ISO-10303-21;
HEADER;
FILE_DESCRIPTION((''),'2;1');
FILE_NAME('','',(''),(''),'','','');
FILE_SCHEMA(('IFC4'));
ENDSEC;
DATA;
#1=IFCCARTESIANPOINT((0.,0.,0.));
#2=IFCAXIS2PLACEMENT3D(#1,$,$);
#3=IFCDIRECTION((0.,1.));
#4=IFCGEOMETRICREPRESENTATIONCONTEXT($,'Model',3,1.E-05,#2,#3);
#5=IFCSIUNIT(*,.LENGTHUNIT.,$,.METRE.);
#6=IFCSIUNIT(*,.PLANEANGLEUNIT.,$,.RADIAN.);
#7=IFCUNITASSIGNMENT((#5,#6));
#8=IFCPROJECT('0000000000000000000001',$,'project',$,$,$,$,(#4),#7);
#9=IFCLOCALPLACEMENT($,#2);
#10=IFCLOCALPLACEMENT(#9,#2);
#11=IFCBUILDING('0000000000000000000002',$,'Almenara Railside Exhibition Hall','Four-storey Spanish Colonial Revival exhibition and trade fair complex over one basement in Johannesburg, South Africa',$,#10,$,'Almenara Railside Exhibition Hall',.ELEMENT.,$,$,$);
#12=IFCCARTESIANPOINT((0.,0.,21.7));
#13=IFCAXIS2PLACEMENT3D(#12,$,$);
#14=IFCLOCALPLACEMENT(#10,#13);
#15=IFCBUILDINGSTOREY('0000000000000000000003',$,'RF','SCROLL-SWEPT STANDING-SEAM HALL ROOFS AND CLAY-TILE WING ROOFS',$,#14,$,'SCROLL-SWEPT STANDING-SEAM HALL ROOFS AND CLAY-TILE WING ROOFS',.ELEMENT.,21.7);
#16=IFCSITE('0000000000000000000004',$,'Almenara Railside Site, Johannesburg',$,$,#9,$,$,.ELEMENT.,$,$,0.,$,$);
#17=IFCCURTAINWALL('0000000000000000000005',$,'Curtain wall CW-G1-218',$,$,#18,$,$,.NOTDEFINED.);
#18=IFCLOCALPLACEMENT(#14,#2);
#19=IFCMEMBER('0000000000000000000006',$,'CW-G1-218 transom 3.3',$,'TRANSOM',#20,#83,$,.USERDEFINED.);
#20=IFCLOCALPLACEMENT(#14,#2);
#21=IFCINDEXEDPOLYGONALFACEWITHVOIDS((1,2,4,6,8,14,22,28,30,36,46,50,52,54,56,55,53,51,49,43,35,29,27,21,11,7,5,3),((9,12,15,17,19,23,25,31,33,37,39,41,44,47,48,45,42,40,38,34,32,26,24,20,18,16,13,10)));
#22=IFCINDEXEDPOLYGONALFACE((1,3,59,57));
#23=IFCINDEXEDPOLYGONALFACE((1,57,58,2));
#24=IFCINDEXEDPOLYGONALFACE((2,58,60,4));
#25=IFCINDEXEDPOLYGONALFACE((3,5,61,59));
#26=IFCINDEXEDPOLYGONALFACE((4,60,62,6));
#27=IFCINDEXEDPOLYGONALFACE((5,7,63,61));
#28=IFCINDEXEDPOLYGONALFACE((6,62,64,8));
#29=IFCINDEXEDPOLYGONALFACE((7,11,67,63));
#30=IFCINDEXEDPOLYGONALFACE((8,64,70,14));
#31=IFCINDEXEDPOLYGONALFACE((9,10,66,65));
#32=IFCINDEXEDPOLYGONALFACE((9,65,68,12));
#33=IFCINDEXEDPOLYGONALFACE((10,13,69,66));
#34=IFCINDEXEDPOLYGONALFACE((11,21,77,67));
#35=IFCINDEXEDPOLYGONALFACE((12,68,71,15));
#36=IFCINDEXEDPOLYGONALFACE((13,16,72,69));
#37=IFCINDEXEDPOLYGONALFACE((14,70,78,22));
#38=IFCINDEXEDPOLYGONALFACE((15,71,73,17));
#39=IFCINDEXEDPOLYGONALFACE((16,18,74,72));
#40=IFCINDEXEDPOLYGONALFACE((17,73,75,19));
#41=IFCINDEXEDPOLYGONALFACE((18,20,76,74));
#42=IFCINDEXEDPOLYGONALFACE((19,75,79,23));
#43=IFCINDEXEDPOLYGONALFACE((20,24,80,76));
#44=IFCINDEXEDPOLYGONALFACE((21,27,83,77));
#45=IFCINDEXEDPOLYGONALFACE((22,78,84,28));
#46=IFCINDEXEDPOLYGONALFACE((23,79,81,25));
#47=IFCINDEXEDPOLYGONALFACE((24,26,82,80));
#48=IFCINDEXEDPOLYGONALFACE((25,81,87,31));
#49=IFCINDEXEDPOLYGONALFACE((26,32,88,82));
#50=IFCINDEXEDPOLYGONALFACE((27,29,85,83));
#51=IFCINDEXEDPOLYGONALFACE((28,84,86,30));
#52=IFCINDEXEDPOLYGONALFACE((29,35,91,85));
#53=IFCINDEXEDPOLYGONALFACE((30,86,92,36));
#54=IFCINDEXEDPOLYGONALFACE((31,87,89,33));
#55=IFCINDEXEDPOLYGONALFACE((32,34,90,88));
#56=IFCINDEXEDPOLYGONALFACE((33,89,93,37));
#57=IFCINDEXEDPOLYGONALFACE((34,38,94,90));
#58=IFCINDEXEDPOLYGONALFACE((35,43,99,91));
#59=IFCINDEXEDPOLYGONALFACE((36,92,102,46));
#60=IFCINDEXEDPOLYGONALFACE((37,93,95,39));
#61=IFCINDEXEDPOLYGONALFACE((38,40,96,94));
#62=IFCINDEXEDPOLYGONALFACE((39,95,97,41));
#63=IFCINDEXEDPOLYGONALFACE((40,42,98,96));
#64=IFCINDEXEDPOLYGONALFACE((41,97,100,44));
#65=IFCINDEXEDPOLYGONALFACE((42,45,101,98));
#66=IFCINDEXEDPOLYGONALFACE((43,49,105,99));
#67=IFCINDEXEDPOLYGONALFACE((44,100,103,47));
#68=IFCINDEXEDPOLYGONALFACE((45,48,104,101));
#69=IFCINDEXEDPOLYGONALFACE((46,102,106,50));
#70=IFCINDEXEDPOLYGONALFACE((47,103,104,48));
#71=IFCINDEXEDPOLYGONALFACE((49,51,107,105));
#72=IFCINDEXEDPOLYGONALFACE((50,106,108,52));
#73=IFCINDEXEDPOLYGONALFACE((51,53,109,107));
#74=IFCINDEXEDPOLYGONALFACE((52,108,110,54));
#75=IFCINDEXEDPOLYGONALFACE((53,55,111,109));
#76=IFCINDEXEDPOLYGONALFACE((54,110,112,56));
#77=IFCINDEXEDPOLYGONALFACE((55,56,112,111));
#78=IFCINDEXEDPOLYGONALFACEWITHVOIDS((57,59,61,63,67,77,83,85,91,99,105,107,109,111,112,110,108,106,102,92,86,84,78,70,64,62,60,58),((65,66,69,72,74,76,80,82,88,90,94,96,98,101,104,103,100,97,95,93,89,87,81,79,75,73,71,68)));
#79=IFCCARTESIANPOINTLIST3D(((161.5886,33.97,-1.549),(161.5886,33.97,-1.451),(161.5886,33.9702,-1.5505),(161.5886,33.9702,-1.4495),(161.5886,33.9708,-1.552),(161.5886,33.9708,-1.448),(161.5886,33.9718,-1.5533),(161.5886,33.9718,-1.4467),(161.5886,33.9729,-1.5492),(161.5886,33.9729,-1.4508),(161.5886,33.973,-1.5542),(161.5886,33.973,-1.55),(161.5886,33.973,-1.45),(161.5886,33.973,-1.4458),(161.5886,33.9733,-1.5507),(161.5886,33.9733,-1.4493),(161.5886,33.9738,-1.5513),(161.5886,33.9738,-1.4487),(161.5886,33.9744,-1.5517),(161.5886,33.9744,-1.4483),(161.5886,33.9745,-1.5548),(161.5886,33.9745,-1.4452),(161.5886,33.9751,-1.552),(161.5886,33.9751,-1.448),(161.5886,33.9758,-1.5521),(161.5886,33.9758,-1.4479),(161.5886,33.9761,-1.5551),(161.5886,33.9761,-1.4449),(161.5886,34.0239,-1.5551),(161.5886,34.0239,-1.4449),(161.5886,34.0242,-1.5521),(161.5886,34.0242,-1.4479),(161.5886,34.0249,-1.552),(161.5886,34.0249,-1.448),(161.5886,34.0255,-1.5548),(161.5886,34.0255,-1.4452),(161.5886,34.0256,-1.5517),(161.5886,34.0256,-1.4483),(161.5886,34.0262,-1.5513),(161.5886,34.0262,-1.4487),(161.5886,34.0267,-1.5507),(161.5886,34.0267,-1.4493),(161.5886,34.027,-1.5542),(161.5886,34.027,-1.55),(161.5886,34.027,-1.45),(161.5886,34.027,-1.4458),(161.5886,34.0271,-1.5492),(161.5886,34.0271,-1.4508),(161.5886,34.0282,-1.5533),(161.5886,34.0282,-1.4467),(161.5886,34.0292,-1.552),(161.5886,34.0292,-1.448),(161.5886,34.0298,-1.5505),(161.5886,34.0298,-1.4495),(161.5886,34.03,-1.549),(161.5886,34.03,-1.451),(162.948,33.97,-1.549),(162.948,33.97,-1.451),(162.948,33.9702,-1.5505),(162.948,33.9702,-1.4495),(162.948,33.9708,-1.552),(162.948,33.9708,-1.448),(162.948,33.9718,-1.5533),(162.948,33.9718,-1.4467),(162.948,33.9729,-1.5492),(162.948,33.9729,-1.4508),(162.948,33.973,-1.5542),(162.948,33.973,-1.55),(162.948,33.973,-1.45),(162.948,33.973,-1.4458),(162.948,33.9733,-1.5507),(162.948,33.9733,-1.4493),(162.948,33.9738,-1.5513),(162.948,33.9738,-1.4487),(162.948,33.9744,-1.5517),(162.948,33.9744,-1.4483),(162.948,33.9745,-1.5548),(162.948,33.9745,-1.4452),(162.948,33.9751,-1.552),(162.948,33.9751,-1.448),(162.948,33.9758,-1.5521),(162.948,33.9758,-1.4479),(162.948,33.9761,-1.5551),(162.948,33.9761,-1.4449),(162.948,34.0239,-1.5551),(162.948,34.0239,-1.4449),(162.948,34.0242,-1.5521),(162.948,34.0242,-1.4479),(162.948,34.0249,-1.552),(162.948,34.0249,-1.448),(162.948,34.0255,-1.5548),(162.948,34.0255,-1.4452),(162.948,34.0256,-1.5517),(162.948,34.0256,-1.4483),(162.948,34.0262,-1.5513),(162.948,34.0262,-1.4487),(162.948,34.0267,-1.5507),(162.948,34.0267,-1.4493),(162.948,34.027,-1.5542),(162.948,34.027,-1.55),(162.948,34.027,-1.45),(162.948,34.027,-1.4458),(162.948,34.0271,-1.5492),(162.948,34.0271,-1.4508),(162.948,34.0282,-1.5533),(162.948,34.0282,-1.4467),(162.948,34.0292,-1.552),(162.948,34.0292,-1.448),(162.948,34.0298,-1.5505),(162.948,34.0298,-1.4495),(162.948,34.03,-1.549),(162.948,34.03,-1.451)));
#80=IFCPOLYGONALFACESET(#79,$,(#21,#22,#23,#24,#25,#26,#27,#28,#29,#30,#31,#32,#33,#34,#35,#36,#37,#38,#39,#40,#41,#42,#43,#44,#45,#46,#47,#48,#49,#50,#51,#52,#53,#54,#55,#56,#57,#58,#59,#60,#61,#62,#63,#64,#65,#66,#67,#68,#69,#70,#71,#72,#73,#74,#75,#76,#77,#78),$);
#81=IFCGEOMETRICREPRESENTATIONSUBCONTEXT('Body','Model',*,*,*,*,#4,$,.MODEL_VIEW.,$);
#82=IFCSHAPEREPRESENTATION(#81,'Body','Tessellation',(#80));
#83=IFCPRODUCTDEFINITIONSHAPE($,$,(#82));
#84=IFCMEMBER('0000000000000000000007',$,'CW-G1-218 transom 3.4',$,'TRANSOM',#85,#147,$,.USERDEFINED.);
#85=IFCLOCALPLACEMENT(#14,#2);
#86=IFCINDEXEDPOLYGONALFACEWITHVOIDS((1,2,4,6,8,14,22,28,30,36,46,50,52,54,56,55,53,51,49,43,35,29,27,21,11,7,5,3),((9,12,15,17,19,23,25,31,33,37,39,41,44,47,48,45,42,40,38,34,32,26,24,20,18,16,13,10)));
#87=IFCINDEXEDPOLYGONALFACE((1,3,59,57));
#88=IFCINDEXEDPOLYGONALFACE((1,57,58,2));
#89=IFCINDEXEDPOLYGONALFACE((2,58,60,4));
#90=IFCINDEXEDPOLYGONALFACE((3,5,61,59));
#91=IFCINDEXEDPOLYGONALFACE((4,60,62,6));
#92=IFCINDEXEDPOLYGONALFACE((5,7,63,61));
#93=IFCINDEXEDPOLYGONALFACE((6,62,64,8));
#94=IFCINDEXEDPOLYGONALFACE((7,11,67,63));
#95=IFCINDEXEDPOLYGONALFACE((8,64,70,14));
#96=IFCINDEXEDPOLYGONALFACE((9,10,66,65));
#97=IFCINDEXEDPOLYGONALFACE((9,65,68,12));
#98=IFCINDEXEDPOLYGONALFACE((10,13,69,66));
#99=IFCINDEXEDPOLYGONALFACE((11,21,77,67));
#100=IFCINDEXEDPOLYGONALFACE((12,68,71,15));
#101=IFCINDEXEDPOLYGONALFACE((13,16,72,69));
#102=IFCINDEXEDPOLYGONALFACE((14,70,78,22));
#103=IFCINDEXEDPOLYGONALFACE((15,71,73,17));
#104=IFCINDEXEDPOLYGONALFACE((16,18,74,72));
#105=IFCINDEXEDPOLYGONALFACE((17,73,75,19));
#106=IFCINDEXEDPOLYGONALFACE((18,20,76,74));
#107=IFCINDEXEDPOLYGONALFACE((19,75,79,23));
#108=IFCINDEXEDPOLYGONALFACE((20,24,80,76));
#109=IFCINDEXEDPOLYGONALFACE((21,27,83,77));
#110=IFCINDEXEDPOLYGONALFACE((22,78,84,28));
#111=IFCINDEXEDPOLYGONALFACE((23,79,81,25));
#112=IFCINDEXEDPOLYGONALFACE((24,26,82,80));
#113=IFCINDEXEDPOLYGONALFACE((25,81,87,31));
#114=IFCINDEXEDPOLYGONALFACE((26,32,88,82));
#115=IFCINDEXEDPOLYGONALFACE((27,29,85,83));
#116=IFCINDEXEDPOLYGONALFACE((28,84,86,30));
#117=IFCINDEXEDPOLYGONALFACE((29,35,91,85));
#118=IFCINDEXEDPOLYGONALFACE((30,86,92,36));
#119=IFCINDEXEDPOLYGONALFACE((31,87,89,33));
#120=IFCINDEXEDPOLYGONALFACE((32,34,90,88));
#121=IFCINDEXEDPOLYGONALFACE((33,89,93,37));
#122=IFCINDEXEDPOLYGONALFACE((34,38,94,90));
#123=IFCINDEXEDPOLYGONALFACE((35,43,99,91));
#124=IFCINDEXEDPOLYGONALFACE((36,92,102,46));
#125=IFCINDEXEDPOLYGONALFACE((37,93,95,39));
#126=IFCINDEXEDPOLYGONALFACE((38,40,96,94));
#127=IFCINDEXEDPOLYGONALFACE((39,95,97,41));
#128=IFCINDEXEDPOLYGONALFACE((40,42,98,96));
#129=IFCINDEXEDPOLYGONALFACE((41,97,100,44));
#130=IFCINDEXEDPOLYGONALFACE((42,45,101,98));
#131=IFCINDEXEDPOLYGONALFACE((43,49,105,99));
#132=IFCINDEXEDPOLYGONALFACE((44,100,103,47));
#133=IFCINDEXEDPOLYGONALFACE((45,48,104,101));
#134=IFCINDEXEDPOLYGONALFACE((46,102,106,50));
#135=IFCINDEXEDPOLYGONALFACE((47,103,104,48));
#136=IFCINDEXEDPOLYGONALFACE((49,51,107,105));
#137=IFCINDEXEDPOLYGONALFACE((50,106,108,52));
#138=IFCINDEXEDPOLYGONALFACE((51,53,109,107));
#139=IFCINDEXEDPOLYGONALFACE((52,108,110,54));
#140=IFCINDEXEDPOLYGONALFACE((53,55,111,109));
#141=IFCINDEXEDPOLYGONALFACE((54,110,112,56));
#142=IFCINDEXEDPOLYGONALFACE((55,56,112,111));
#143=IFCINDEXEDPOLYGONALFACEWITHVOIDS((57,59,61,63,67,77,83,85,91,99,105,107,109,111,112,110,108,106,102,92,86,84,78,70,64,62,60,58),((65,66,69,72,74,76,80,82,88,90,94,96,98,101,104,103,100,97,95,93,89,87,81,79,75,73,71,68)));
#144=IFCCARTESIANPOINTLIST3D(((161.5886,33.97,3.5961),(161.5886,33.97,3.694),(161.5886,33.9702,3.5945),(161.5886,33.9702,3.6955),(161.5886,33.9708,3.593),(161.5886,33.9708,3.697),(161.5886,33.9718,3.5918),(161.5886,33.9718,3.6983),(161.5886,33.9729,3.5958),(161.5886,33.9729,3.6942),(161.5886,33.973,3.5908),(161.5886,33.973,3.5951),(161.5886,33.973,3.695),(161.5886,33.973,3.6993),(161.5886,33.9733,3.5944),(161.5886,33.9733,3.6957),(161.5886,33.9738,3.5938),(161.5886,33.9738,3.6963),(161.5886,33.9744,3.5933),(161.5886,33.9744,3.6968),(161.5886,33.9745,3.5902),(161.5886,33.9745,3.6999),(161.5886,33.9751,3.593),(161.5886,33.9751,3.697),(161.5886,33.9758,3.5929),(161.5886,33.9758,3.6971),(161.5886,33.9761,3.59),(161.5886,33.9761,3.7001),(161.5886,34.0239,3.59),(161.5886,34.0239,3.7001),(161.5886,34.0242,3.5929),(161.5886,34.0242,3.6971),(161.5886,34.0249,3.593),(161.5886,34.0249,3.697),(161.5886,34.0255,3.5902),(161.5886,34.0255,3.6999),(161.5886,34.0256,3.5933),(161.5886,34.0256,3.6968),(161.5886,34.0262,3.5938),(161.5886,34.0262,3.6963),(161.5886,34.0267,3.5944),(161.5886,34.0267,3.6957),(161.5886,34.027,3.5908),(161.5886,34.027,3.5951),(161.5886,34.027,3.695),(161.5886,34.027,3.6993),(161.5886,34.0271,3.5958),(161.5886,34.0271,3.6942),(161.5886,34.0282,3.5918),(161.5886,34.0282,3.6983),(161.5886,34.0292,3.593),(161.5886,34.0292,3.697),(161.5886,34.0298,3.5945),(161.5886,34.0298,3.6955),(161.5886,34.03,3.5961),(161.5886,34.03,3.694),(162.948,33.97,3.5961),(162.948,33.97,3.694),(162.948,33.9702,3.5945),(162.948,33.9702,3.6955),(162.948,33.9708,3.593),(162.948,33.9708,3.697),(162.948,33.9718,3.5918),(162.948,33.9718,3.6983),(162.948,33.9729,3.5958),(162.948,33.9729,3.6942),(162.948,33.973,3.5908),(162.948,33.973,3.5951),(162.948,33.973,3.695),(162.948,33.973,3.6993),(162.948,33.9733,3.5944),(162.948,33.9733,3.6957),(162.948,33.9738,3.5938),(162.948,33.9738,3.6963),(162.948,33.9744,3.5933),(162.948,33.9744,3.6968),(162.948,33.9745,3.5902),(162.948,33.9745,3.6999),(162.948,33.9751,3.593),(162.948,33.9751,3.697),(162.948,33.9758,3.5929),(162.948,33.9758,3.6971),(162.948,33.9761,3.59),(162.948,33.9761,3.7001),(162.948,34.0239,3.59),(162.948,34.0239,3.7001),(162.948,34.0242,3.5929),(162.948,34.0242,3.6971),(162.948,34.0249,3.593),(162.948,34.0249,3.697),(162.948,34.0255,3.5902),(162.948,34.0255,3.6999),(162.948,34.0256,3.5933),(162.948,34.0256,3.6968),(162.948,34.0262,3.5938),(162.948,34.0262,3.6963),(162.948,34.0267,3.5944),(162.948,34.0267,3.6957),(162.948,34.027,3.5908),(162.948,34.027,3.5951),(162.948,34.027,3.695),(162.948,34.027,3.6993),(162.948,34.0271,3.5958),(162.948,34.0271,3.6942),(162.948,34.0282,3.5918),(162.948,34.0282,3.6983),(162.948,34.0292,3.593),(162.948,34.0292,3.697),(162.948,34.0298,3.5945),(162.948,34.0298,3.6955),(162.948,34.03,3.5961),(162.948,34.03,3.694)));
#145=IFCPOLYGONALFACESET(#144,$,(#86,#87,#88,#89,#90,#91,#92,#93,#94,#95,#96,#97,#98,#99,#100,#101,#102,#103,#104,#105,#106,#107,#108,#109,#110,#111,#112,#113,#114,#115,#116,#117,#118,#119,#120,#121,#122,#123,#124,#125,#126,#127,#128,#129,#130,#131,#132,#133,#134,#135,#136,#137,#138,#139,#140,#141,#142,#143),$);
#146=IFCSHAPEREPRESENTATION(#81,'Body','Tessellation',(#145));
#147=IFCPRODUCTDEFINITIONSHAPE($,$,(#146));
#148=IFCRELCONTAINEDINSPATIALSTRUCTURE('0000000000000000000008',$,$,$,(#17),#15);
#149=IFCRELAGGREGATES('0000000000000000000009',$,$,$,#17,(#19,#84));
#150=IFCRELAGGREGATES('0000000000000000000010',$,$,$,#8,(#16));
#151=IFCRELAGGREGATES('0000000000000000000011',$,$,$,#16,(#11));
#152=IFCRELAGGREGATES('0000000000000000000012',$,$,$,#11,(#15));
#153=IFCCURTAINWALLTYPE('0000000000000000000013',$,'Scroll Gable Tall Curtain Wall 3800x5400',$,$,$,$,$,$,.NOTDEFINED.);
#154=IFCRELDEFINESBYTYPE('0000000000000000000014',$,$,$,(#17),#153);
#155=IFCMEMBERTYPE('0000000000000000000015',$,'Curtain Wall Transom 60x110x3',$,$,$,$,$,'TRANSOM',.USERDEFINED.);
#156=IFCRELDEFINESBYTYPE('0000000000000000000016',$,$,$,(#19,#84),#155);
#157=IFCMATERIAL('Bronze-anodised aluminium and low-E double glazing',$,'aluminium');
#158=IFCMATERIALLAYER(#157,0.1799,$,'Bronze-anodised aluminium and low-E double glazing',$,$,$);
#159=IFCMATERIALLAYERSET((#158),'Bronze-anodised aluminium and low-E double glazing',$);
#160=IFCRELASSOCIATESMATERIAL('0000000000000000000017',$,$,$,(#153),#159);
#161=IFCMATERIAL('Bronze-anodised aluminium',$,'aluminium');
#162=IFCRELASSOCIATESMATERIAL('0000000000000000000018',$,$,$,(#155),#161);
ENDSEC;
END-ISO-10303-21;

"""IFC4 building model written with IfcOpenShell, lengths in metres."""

from ifc_helpers import new_model, si_unit, direction, frame, origin, origin_2d, place, context, subcontext, project, spatial, hollow_rectangle, extrude, material, layer, layer_set, material_profile, profile_set, type_object, element, aggregate, save


model = new_model("IFC4")

# Units and contexts
model_context = context("Model", 3, precision=1e-05, world=origin(), true_north=direction((0.0, 1.0)))
body_context = subcontext(model_context, "Body", "Model", "MODEL_VIEW")
ifc_project = project(units=[si_unit("LENGTHUNIT", "METRE"), si_unit("PLANEANGLEUNIT", "RADIAN")], contexts=[model_context])

# Site, building, storey
site_placement = place(None, origin())
site = spatial("IfcSite", under=ifc_project, at=site_placement, Name="Almenara Railside Site, Johannesburg", CompositionType="ELEMENT", RefElevation=0.0)
building_placement = place(site_placement, origin())
building = spatial("IfcBuilding", under=site, at=building_placement, Name="Almenara Railside Exhibition Hall", Description="Four-storey Spanish Colonial Revival exhibition and trade fair complex over one basement in Johannesburg, South Africa", LongName="Almenara Railside Exhibition Hall", CompositionType="ELEMENT")
storey_placement = place(building_placement, frame((0.0, 0.0, 21.7)))
storey = spatial("IfcBuildingStorey", under=building, at=storey_placement, Name="RF", Description="SCROLL-SWEPT STANDING-SEAM HALL ROOFS AND CLAY-TILE WING ROOFS", LongName="SCROLL-SWEPT STANDING-SEAM HALL ROOFS AND CLAY-TILE WING ROOFS", CompositionType="ELEMENT", Elevation=21.7)

# Curtain wall, members
ifc_material_1 = material(Name="Bronze-anodised aluminium and low-E double glazing", Category="aluminium")
ifc_layer_1 = layer(ifc_material_1, 0.1799, Name="Bronze-anodised aluminium and low-E double glazing")
ifc_layer_set_1 = layer_set([ifc_layer_1], Name="Bronze-anodised aluminium and low-E double glazing")
curtain_wall_type = type_object("IfcCurtainWallType", Name="Scroll Gable Tall Curtain Wall 3800x5400", PredefinedType="NOTDEFINED", material=ifc_layer_set_1)
ifc_material_2 = material(Name="Bronze-anodised aluminium", Category="aluminium")
curtain_wall_1_placement = place(storey_placement, origin())
curtain_wall_1 = element("IfcCurtainWall", 1, at=curtain_wall_1_placement, inside=storey, type_object=curtain_wall_type, Name="Curtain wall CW-G1-218", PredefinedType="NOTDEFINED")
ifc_material_profile_1 = material_profile(ifc_material_2, hollow_rectangle(XDim=0.0601, YDim=0.1101, WallThickness=0.0029, InnerFilletRadius=0.0029, OuterFilletRadius=0.0061, at=origin_2d()), Name="ALU-TRN 60x110x3")
ifc_profile_set_1 = profile_set([ifc_material_profile_1], Name="Bronze-anodised aluminium")
member_type_1 = type_object("IfcMemberType", Name="Curtain Wall Transom 60x110x3", ElementType="TRANSOM", PredefinedType="USERDEFINED", material=ifc_profile_set_1)
member_1_placement = place(storey_placement, frame((161.5886, 34.0, -1.5), z_axis=(1.0, 0.0, 0.0), x_axis=(0.0, 1.0, 0.0)))
member_1 = element("IfcMember", 2, at=member_1_placement, type_object=member_type_1, Name="CW-G1-218 transom 3.3", ObjectType="TRANSOM", PredefinedType="USERDEFINED", context=body_context, shape_type="SweptSolid", body=[
    extrude(hollow_rectangle(XDim=0.0601, YDim=0.1101, WallThickness=0.0029, InnerFilletRadius=0.0029, OuterFilletRadius=0.0061, at=origin_2d()), origin(), (0.0, 0.0, 1.0), 1.3594),
])
member_2_placement = place(storey_placement, frame((161.5886, 34.0, 3.645), z_axis=(1.0, 0.0, 0.0), x_axis=(0.0, 1.0, 0.0)))
member_2 = element("IfcMember", 3, at=member_2_placement, type_object=member_type_1, Name="CW-G1-218 transom 3.4", ObjectType="TRANSOM", PredefinedType="USERDEFINED", context=body_context, shape_type="SweptSolid", body=[
    extrude(hollow_rectangle(XDim=0.0601, YDim=0.1101, WallThickness=0.0029, InnerFilletRadius=0.0029, OuterFilletRadius=0.0061, at=origin_2d()), origin(), (0.0, 0.0, 1.0), 1.3594),
])

aggregate(curtain_wall_1, [member_1, member_2])

save(model, "model.ifc")
